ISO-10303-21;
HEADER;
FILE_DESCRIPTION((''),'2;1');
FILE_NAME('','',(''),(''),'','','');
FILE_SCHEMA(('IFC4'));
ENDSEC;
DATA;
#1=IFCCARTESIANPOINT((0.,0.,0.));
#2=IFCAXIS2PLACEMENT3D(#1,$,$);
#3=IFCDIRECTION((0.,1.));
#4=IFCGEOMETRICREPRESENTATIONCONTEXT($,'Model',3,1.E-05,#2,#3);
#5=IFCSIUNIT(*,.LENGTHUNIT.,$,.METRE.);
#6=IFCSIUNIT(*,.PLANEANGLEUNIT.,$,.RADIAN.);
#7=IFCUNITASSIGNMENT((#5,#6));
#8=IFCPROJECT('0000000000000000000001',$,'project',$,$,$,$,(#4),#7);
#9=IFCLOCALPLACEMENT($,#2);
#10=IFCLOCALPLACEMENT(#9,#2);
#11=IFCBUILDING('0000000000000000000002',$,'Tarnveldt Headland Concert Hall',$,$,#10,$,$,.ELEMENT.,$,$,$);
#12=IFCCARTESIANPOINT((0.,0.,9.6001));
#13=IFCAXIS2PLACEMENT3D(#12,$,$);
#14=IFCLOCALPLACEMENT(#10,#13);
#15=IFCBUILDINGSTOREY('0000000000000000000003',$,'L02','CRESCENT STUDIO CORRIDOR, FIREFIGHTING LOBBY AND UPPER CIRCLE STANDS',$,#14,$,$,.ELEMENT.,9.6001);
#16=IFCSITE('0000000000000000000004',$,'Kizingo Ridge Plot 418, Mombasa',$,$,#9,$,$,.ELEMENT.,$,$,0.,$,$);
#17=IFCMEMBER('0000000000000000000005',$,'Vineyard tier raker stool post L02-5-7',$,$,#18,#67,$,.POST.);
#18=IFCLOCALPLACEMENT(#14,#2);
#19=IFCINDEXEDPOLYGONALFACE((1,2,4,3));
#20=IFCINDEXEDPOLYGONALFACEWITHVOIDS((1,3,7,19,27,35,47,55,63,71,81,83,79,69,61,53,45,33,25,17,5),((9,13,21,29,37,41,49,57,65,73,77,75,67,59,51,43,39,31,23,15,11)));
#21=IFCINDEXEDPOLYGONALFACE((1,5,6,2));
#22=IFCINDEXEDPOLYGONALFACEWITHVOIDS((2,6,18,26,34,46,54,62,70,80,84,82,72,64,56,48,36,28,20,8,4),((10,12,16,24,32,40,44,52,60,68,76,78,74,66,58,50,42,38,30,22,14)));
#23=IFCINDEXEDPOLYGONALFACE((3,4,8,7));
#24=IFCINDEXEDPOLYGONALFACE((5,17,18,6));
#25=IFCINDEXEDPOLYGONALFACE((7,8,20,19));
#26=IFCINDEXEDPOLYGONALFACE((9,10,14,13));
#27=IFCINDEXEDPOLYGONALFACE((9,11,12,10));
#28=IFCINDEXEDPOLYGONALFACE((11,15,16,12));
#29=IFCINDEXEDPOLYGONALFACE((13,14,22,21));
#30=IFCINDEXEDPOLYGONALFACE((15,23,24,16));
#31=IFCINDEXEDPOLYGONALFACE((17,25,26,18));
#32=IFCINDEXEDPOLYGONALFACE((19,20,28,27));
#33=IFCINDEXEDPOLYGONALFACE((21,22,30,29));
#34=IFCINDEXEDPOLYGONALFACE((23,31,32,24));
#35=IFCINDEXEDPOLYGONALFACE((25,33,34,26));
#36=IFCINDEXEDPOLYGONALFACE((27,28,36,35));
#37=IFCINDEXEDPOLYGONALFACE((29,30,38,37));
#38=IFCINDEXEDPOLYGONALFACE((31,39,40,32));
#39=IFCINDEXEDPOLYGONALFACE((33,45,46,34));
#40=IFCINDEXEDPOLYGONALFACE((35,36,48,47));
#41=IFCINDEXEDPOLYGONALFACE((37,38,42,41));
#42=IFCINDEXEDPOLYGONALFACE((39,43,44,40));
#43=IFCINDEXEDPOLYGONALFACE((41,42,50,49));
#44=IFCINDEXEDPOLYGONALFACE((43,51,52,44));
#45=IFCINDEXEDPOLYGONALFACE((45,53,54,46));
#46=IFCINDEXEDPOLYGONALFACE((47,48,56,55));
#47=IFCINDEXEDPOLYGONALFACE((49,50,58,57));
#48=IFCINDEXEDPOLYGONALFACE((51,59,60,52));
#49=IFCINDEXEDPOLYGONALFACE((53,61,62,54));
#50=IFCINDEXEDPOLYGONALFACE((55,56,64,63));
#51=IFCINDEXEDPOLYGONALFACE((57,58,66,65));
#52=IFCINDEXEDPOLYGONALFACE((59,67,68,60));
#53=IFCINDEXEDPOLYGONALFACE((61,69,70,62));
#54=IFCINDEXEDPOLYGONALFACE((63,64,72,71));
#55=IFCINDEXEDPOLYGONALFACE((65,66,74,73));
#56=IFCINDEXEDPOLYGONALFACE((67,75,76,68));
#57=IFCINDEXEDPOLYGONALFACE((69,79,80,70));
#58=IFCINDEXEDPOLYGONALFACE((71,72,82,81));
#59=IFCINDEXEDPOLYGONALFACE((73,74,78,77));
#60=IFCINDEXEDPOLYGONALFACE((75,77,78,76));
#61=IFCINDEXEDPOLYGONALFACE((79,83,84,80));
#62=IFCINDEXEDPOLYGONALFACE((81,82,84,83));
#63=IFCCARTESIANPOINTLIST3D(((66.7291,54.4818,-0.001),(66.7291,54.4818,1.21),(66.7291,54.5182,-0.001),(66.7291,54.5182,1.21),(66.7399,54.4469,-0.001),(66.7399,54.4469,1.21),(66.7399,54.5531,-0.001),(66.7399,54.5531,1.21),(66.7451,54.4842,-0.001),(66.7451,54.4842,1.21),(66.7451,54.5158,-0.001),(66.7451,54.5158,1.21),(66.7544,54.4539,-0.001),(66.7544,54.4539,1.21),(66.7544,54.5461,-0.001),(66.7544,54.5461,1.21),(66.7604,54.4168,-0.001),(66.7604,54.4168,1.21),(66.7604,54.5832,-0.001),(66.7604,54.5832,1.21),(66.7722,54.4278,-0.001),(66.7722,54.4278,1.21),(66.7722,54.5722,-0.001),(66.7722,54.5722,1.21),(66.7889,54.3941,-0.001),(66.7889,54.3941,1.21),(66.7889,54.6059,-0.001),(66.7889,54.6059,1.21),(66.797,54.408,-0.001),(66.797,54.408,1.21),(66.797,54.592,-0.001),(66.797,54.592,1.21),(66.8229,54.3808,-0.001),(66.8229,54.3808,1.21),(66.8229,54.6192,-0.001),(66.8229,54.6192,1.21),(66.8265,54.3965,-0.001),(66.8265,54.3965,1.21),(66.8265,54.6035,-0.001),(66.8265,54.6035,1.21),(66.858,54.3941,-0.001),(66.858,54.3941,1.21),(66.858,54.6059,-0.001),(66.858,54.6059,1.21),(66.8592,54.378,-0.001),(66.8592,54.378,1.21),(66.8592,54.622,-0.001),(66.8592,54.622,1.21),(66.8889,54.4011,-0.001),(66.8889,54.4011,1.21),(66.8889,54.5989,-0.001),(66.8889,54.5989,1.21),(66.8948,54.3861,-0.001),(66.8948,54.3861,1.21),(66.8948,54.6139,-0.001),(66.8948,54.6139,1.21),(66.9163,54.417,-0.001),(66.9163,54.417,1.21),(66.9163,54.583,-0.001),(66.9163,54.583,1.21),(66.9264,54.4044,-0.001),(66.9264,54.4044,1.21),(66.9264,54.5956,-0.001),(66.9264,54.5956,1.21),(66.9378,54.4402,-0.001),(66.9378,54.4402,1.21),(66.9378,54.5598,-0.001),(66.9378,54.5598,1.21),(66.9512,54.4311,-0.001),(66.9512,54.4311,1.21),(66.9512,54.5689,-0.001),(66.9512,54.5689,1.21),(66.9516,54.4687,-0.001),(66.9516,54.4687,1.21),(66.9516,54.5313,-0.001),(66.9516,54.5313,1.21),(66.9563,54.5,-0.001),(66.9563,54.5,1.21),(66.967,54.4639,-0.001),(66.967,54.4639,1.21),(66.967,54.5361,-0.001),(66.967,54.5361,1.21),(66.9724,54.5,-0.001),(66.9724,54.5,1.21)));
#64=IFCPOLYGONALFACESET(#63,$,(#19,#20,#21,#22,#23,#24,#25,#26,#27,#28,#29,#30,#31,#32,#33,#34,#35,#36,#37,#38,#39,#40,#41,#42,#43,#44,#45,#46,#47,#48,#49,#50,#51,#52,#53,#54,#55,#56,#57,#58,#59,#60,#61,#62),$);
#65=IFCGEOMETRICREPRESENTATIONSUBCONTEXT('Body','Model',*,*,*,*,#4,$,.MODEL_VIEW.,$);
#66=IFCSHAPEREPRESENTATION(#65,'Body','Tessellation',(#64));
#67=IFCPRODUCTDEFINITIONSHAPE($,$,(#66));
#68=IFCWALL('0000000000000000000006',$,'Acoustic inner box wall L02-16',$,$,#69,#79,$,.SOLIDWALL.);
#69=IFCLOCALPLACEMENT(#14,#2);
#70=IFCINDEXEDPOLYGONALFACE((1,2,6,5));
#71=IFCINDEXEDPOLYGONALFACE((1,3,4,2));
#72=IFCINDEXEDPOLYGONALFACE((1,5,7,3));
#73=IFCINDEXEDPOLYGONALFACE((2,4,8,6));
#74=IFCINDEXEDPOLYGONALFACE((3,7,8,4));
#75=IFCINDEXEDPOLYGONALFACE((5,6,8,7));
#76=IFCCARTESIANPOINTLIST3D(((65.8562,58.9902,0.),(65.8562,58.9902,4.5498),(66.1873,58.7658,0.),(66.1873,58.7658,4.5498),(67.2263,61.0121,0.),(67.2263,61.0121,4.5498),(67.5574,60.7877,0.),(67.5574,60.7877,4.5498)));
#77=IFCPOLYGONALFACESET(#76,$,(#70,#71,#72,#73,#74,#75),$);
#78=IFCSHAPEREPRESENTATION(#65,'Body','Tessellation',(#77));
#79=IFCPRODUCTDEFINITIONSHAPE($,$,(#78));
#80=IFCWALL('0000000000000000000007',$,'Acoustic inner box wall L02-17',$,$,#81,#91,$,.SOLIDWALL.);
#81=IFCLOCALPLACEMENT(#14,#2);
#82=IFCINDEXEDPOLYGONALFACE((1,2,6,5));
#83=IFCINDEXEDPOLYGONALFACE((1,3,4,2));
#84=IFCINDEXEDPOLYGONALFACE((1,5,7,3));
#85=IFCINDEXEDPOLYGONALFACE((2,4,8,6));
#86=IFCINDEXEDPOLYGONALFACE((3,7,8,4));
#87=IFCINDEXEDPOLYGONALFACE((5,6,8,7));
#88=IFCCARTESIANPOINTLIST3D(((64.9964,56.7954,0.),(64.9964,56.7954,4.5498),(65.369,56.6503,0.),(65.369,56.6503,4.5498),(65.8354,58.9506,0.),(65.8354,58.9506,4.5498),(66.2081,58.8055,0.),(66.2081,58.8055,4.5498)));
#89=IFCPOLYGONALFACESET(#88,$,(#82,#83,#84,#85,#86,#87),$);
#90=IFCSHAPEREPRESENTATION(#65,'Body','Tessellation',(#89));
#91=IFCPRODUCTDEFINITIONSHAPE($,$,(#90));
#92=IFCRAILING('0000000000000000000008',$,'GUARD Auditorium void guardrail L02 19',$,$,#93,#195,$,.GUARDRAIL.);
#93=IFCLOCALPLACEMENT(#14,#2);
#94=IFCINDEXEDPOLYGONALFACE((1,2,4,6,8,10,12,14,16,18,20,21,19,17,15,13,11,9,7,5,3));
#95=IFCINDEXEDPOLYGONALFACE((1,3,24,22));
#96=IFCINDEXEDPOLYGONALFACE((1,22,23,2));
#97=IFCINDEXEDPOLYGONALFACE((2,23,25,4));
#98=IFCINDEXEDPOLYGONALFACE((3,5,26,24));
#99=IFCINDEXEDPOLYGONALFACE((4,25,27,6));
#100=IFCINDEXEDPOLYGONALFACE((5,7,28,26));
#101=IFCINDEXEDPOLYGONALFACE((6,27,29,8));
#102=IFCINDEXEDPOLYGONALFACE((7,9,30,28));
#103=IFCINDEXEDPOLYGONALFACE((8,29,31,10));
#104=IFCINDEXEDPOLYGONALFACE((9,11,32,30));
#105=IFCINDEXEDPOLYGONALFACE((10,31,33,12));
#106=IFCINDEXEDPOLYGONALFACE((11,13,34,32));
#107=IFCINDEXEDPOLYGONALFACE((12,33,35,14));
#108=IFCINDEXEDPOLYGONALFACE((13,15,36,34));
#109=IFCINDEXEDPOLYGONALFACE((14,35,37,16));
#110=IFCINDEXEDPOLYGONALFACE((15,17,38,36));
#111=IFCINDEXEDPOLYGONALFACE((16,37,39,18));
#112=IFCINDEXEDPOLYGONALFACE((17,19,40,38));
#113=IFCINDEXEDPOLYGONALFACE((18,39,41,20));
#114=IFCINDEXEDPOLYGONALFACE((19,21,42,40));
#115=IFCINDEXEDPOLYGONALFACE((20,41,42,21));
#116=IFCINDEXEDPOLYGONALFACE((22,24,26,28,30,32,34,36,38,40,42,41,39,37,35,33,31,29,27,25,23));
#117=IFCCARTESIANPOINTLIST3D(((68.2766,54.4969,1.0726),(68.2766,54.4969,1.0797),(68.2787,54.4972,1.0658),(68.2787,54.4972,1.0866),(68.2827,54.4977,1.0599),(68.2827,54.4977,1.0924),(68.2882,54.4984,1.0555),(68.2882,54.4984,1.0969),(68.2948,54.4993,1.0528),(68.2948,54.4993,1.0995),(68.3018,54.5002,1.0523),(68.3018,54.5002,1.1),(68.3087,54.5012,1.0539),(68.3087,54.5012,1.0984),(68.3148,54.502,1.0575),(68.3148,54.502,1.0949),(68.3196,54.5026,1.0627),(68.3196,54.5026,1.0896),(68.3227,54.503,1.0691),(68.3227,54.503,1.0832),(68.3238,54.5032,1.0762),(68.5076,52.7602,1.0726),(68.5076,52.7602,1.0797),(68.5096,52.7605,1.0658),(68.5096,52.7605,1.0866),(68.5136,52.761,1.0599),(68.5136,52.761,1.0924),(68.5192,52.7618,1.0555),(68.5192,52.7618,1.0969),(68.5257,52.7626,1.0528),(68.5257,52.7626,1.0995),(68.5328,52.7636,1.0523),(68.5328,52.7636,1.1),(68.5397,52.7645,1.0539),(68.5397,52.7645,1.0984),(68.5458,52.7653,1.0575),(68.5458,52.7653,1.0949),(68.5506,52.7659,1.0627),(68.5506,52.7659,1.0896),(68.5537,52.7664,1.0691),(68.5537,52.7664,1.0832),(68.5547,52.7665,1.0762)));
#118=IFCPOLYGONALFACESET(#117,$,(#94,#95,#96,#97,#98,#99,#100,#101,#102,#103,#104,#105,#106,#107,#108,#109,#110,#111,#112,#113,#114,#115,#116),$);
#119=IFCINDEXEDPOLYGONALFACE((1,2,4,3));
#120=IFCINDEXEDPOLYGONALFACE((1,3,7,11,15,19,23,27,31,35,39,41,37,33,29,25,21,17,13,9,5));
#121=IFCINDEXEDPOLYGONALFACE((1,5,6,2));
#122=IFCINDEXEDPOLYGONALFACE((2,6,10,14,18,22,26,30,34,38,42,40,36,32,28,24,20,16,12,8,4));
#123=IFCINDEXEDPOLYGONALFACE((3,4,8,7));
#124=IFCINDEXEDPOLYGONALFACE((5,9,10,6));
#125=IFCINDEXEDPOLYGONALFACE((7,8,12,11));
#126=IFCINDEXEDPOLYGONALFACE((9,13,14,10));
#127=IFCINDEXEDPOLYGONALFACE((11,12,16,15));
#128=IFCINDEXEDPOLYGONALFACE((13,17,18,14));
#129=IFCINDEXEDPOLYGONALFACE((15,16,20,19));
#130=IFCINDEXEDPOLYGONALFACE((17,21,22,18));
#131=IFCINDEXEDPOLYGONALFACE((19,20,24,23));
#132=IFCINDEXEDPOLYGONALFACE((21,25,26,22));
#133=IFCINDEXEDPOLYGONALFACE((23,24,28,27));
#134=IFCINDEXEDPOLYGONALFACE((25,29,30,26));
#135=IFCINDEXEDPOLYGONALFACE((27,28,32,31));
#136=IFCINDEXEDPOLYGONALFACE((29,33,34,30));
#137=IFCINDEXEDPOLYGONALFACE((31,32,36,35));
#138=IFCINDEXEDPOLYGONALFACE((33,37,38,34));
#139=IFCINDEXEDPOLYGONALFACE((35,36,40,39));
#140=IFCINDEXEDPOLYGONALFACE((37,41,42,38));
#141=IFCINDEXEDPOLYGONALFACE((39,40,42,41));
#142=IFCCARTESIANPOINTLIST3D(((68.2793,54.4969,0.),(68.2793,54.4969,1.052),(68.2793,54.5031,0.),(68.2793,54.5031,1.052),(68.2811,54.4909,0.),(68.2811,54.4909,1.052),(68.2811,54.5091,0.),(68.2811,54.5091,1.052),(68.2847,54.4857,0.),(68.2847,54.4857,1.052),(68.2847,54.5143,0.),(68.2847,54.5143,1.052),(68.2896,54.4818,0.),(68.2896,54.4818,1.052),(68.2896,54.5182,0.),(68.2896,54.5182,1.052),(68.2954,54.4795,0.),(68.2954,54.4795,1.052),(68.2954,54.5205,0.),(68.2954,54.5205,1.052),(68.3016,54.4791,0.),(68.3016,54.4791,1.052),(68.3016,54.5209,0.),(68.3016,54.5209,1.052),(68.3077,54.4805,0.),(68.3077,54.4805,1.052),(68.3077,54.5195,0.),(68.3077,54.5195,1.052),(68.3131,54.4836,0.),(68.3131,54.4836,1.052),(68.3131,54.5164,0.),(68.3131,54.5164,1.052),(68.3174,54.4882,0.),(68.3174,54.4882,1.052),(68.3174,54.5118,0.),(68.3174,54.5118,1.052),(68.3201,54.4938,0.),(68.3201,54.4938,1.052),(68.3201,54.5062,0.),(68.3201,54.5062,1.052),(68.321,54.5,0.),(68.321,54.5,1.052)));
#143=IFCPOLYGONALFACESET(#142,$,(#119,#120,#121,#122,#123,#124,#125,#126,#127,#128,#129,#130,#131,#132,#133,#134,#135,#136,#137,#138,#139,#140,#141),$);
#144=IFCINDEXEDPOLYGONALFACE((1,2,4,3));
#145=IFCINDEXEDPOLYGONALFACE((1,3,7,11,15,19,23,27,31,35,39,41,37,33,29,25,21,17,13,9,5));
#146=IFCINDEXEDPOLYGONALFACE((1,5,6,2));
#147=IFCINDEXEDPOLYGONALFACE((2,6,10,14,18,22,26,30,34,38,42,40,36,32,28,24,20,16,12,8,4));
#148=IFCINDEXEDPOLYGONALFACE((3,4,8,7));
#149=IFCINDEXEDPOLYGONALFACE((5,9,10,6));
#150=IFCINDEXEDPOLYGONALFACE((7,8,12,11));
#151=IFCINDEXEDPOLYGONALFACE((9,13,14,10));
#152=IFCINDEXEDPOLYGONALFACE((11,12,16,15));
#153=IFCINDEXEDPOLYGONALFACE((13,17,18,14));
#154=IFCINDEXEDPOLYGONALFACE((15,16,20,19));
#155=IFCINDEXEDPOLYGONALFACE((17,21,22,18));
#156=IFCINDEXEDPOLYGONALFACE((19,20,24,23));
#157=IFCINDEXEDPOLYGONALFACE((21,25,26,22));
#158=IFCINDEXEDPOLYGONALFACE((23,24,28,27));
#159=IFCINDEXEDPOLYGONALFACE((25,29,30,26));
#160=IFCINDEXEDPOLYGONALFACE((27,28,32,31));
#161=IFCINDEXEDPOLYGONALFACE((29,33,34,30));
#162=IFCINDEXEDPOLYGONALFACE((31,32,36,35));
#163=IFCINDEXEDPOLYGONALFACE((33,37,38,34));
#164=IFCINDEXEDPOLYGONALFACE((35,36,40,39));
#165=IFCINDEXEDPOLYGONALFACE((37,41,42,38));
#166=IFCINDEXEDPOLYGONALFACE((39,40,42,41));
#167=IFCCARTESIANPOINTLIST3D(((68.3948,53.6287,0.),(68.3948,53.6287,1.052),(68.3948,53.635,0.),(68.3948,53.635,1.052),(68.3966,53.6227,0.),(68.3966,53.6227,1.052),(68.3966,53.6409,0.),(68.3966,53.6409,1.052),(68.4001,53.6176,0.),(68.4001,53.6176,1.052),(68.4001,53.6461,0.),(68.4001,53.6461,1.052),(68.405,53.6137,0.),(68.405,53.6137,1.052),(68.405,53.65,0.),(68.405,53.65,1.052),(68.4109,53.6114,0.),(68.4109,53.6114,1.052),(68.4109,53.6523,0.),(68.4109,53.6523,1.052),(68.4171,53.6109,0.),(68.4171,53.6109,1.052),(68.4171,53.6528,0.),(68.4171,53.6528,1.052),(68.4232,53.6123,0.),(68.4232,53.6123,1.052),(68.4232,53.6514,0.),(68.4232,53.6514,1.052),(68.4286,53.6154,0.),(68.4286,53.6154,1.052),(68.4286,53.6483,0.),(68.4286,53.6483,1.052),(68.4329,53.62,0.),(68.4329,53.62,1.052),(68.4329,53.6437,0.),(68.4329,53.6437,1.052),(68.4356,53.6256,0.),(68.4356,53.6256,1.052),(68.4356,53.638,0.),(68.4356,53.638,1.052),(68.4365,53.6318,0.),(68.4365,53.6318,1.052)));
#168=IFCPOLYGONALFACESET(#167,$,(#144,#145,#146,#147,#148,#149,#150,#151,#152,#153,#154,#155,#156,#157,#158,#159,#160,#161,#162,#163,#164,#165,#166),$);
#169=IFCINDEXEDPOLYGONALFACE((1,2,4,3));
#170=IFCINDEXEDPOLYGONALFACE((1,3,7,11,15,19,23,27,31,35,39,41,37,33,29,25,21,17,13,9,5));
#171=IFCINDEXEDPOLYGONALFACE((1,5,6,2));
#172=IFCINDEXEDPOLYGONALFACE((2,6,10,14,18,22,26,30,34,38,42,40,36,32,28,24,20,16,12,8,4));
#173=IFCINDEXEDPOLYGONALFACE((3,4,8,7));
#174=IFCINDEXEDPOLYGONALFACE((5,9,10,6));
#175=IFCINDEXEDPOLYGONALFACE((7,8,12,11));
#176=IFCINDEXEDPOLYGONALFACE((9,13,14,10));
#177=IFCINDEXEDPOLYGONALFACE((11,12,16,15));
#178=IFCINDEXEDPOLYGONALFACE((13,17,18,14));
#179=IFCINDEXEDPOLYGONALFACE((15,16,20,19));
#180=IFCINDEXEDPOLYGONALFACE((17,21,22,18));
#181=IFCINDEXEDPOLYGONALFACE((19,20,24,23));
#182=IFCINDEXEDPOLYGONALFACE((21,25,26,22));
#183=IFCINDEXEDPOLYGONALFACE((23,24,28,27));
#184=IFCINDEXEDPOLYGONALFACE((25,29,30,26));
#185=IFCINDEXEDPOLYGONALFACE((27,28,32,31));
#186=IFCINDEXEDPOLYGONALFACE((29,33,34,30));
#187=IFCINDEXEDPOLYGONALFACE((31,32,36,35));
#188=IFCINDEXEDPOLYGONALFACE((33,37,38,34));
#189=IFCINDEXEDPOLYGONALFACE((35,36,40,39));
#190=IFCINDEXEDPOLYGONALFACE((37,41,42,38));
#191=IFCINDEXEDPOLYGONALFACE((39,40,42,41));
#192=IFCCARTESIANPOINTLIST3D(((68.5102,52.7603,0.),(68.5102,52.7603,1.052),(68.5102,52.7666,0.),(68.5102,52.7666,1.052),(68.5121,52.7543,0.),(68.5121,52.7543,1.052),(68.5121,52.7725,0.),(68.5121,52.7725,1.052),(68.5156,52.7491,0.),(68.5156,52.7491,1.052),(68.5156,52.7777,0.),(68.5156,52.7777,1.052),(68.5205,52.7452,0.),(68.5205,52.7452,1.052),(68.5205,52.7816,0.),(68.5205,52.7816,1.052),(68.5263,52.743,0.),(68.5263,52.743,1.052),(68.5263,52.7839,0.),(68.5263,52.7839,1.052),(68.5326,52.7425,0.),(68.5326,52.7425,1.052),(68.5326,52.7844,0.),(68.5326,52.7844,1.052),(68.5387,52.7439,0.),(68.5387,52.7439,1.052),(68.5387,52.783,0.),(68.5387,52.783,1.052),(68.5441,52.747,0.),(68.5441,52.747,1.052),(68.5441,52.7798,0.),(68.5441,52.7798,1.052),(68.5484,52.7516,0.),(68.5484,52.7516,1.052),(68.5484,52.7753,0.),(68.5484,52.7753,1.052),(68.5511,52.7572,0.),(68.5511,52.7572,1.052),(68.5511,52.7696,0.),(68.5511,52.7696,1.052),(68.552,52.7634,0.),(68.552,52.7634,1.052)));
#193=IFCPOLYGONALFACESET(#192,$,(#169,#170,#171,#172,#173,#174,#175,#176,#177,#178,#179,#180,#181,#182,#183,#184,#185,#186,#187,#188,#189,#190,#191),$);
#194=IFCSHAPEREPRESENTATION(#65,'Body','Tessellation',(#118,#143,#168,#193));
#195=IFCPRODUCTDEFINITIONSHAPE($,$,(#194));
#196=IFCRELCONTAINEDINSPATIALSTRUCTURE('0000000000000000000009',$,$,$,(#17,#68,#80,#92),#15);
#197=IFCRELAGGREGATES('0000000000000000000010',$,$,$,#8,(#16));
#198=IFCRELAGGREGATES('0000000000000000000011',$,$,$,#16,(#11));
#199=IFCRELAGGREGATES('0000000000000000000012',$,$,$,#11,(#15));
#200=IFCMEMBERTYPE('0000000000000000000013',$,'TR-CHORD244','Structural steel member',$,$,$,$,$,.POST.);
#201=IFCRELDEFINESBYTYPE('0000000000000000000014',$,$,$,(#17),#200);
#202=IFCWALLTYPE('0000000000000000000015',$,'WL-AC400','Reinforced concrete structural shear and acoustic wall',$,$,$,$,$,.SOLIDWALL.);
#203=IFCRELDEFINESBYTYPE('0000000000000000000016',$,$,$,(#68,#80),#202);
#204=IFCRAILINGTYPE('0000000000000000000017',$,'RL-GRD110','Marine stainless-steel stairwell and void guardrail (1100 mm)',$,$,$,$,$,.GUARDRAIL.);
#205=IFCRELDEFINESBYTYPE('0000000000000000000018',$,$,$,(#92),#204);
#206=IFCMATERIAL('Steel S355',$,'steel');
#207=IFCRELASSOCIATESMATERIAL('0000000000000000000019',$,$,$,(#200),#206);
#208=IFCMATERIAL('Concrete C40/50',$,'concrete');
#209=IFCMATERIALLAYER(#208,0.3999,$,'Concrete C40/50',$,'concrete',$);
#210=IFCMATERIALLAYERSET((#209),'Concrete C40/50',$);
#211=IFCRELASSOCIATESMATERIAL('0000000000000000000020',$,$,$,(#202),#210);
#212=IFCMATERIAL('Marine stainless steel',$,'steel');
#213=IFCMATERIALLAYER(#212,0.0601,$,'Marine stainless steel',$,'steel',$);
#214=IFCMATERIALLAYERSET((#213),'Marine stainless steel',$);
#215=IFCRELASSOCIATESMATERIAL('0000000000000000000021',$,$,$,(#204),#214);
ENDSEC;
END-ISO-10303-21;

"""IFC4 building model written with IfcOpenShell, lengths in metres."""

from ifc_helpers import new_model, si_unit, direction, frame, frame_2d, origin, origin_2d, place, context, subcontext, project, spatial, rectangle, circle, hollow_circle, extrude, material, layer, layer_set, material_profile, profile_set, type_object, element, save


model = new_model("IFC4")

# Units and contexts
model_context = context("Model", 3, precision=1e-05, world=origin(), true_north=direction((0.0, 1.0)))
body_context = subcontext(model_context, "Body", "Model", "MODEL_VIEW")
ifc_project = project(units=[si_unit("LENGTHUNIT", "METRE"), si_unit("PLANEANGLEUNIT", "RADIAN")], contexts=[model_context])

# Site, building, storey
site_placement = place(None, origin())
site = spatial("IfcSite", under=ifc_project, at=site_placement, Name="Kizingo Ridge Plot 418, Mombasa", CompositionType="ELEMENT", RefElevation=0.0)
building_placement = place(site_placement, origin())
building = spatial("IfcBuilding", under=site, at=building_placement, Name="Tarnveldt Headland Concert Hall", CompositionType="ELEMENT")
storey_placement = place(building_placement, frame((0.0, 0.0, 9.6001)))
storey = spatial("IfcBuildingStorey", under=building, at=storey_placement, Name="L02", Description="CRESCENT STUDIO CORRIDOR, FIREFIGHTING LOBBY AND UPPER CIRCLE STANDS", CompositionType="ELEMENT", Elevation=9.6001)

# Shared definitions
ifc_material_1 = material(Name="Concrete C40/50", Category="concrete")

# Shared definitions
ifc_material_2 = material(Name="Steel S355", Category="steel")

# Member
ifc_material_profile_1 = material_profile(ifc_material_2, hollow_circle(Radius=0.1223, WallThickness=0.0161, at=origin_2d()), Name="CHS 244.5x16", Category="steel")
ifc_profile_set_1 = profile_set([ifc_material_profile_1], Name="Steel S355")
member_type = type_object("IfcMemberType", Name="TR-CHORD244", Description="Structural steel member", PredefinedType="POST", material=ifc_profile_set_1)
member_1_placement = place(storey_placement, frame((66.8501, 54.5, -0.001), z_axis=(0.0, 0.0, 1.0), x_axis=(1.0, 0.0, 0.0)))
element("IfcMember", 1, at=member_1_placement, inside=storey, type_object=member_type, Name="Vineyard tier raker stool post L02-5-7", PredefinedType="POST", context=body_context, shape_type="SweptSolid", body=[
    extrude(hollow_circle(Radius=0.1223, WallThickness=0.0161, at=origin_2d()), origin(), (0.0, 0.0, 1.0), 1.2109),
])

# Walls
ifc_layer_1 = layer(ifc_material_1, 0.3999, Name="Concrete C40/50", Category="concrete")
ifc_layer_set_1 = layer_set([ifc_layer_1], Name="Concrete C40/50")
wall_type = type_object("IfcWallType", Name="WL-AC400", Description="Reinforced concrete structural shear and acoustic wall", PredefinedType="SOLIDWALL", material=ifc_layer_set_1)
wall_1_placement = place(storey_placement, frame((67.3918, 60.8999, 0.0), z_axis=(0.0, 0.0, 1.0), x_axis=(-0.560959, -0.827844, 0.0)))
element("IfcWall", 2, at=wall_1_placement, inside=storey, type_object=wall_type, Name="Acoustic inner box wall L02-16", PredefinedType="SOLIDWALL", context=body_context, shape_type="SweptSolid", body=[
    extrude(rectangle(XDim=2.4424, YDim=0.3999, at=frame_2d((1.2212, 0.0))), origin(), (0.0, 0.0, 1.0), 4.5498),
])
wall_2_placement = place(storey_placement, frame((66.0217, 58.8779, 0.0), z_axis=(0.0, 0.0, 1.0), x_axis=(-0.362803, -0.931866, 0.0)))
element("IfcWall", 3, at=wall_2_placement, inside=storey, type_object=wall_type, Name="Acoustic inner box wall L02-17", PredefinedType="SOLIDWALL", context=body_context, shape_type="SweptSolid", body=[
    extrude(rectangle(XDim=2.3127, YDim=0.3999, at=frame_2d((1.1562, 0.0))), origin(), (0.0, 0.0, 1.0), 4.5498),
])

# Railing
ifc_material_3 = material(Name="Marine stainless steel", Category="steel")
ifc_layer_2 = layer(ifc_material_3, 0.0601, Name="Marine stainless steel", Category="steel")
ifc_layer_set_2 = layer_set([ifc_layer_2], Name="Marine stainless steel")
railing_type = type_object("IfcRailingType", Name="RL-GRD110", Description="Marine stainless-steel stairwell and void guardrail (1100 mm)", PredefinedType="GUARDRAIL", material=ifc_layer_set_2)
railing_1_placement = place(storey_placement, frame((68.3, 54.5, 0.0)))
element("IfcRailing", 4, at=railing_1_placement, inside=storey, type_object=railing_type, Name="GUARD Auditorium void guardrail L02 19", PredefinedType="GUARDRAIL", context=body_context, shape_type="SweptSolid", body=[
    extrude(circle(Radius=0.0239, at=origin_2d()), frame((0.0, 0.0, 1.0762), z_axis=(0.131835, -0.991272, 0.0), x_axis=(0.991272, 0.131835, 0.0)), (0.0, 0.0, 1.0), 1.752),
    extrude(circle(Radius=0.021, at=origin_2d()), origin(), (0.0, 0.0, 1.0), 1.052),
    extrude(circle(Radius=0.021, at=origin_2d()), frame((0.1155, -0.8682, 0.0)), (0.0, 0.0, 1.0), 1.052),
    extrude(circle(Radius=0.021, at=origin_2d()), frame((0.231, -1.7366, 0.0)), (0.0, 0.0, 1.0), 1.052),
])

save(model, "model.ifc")
